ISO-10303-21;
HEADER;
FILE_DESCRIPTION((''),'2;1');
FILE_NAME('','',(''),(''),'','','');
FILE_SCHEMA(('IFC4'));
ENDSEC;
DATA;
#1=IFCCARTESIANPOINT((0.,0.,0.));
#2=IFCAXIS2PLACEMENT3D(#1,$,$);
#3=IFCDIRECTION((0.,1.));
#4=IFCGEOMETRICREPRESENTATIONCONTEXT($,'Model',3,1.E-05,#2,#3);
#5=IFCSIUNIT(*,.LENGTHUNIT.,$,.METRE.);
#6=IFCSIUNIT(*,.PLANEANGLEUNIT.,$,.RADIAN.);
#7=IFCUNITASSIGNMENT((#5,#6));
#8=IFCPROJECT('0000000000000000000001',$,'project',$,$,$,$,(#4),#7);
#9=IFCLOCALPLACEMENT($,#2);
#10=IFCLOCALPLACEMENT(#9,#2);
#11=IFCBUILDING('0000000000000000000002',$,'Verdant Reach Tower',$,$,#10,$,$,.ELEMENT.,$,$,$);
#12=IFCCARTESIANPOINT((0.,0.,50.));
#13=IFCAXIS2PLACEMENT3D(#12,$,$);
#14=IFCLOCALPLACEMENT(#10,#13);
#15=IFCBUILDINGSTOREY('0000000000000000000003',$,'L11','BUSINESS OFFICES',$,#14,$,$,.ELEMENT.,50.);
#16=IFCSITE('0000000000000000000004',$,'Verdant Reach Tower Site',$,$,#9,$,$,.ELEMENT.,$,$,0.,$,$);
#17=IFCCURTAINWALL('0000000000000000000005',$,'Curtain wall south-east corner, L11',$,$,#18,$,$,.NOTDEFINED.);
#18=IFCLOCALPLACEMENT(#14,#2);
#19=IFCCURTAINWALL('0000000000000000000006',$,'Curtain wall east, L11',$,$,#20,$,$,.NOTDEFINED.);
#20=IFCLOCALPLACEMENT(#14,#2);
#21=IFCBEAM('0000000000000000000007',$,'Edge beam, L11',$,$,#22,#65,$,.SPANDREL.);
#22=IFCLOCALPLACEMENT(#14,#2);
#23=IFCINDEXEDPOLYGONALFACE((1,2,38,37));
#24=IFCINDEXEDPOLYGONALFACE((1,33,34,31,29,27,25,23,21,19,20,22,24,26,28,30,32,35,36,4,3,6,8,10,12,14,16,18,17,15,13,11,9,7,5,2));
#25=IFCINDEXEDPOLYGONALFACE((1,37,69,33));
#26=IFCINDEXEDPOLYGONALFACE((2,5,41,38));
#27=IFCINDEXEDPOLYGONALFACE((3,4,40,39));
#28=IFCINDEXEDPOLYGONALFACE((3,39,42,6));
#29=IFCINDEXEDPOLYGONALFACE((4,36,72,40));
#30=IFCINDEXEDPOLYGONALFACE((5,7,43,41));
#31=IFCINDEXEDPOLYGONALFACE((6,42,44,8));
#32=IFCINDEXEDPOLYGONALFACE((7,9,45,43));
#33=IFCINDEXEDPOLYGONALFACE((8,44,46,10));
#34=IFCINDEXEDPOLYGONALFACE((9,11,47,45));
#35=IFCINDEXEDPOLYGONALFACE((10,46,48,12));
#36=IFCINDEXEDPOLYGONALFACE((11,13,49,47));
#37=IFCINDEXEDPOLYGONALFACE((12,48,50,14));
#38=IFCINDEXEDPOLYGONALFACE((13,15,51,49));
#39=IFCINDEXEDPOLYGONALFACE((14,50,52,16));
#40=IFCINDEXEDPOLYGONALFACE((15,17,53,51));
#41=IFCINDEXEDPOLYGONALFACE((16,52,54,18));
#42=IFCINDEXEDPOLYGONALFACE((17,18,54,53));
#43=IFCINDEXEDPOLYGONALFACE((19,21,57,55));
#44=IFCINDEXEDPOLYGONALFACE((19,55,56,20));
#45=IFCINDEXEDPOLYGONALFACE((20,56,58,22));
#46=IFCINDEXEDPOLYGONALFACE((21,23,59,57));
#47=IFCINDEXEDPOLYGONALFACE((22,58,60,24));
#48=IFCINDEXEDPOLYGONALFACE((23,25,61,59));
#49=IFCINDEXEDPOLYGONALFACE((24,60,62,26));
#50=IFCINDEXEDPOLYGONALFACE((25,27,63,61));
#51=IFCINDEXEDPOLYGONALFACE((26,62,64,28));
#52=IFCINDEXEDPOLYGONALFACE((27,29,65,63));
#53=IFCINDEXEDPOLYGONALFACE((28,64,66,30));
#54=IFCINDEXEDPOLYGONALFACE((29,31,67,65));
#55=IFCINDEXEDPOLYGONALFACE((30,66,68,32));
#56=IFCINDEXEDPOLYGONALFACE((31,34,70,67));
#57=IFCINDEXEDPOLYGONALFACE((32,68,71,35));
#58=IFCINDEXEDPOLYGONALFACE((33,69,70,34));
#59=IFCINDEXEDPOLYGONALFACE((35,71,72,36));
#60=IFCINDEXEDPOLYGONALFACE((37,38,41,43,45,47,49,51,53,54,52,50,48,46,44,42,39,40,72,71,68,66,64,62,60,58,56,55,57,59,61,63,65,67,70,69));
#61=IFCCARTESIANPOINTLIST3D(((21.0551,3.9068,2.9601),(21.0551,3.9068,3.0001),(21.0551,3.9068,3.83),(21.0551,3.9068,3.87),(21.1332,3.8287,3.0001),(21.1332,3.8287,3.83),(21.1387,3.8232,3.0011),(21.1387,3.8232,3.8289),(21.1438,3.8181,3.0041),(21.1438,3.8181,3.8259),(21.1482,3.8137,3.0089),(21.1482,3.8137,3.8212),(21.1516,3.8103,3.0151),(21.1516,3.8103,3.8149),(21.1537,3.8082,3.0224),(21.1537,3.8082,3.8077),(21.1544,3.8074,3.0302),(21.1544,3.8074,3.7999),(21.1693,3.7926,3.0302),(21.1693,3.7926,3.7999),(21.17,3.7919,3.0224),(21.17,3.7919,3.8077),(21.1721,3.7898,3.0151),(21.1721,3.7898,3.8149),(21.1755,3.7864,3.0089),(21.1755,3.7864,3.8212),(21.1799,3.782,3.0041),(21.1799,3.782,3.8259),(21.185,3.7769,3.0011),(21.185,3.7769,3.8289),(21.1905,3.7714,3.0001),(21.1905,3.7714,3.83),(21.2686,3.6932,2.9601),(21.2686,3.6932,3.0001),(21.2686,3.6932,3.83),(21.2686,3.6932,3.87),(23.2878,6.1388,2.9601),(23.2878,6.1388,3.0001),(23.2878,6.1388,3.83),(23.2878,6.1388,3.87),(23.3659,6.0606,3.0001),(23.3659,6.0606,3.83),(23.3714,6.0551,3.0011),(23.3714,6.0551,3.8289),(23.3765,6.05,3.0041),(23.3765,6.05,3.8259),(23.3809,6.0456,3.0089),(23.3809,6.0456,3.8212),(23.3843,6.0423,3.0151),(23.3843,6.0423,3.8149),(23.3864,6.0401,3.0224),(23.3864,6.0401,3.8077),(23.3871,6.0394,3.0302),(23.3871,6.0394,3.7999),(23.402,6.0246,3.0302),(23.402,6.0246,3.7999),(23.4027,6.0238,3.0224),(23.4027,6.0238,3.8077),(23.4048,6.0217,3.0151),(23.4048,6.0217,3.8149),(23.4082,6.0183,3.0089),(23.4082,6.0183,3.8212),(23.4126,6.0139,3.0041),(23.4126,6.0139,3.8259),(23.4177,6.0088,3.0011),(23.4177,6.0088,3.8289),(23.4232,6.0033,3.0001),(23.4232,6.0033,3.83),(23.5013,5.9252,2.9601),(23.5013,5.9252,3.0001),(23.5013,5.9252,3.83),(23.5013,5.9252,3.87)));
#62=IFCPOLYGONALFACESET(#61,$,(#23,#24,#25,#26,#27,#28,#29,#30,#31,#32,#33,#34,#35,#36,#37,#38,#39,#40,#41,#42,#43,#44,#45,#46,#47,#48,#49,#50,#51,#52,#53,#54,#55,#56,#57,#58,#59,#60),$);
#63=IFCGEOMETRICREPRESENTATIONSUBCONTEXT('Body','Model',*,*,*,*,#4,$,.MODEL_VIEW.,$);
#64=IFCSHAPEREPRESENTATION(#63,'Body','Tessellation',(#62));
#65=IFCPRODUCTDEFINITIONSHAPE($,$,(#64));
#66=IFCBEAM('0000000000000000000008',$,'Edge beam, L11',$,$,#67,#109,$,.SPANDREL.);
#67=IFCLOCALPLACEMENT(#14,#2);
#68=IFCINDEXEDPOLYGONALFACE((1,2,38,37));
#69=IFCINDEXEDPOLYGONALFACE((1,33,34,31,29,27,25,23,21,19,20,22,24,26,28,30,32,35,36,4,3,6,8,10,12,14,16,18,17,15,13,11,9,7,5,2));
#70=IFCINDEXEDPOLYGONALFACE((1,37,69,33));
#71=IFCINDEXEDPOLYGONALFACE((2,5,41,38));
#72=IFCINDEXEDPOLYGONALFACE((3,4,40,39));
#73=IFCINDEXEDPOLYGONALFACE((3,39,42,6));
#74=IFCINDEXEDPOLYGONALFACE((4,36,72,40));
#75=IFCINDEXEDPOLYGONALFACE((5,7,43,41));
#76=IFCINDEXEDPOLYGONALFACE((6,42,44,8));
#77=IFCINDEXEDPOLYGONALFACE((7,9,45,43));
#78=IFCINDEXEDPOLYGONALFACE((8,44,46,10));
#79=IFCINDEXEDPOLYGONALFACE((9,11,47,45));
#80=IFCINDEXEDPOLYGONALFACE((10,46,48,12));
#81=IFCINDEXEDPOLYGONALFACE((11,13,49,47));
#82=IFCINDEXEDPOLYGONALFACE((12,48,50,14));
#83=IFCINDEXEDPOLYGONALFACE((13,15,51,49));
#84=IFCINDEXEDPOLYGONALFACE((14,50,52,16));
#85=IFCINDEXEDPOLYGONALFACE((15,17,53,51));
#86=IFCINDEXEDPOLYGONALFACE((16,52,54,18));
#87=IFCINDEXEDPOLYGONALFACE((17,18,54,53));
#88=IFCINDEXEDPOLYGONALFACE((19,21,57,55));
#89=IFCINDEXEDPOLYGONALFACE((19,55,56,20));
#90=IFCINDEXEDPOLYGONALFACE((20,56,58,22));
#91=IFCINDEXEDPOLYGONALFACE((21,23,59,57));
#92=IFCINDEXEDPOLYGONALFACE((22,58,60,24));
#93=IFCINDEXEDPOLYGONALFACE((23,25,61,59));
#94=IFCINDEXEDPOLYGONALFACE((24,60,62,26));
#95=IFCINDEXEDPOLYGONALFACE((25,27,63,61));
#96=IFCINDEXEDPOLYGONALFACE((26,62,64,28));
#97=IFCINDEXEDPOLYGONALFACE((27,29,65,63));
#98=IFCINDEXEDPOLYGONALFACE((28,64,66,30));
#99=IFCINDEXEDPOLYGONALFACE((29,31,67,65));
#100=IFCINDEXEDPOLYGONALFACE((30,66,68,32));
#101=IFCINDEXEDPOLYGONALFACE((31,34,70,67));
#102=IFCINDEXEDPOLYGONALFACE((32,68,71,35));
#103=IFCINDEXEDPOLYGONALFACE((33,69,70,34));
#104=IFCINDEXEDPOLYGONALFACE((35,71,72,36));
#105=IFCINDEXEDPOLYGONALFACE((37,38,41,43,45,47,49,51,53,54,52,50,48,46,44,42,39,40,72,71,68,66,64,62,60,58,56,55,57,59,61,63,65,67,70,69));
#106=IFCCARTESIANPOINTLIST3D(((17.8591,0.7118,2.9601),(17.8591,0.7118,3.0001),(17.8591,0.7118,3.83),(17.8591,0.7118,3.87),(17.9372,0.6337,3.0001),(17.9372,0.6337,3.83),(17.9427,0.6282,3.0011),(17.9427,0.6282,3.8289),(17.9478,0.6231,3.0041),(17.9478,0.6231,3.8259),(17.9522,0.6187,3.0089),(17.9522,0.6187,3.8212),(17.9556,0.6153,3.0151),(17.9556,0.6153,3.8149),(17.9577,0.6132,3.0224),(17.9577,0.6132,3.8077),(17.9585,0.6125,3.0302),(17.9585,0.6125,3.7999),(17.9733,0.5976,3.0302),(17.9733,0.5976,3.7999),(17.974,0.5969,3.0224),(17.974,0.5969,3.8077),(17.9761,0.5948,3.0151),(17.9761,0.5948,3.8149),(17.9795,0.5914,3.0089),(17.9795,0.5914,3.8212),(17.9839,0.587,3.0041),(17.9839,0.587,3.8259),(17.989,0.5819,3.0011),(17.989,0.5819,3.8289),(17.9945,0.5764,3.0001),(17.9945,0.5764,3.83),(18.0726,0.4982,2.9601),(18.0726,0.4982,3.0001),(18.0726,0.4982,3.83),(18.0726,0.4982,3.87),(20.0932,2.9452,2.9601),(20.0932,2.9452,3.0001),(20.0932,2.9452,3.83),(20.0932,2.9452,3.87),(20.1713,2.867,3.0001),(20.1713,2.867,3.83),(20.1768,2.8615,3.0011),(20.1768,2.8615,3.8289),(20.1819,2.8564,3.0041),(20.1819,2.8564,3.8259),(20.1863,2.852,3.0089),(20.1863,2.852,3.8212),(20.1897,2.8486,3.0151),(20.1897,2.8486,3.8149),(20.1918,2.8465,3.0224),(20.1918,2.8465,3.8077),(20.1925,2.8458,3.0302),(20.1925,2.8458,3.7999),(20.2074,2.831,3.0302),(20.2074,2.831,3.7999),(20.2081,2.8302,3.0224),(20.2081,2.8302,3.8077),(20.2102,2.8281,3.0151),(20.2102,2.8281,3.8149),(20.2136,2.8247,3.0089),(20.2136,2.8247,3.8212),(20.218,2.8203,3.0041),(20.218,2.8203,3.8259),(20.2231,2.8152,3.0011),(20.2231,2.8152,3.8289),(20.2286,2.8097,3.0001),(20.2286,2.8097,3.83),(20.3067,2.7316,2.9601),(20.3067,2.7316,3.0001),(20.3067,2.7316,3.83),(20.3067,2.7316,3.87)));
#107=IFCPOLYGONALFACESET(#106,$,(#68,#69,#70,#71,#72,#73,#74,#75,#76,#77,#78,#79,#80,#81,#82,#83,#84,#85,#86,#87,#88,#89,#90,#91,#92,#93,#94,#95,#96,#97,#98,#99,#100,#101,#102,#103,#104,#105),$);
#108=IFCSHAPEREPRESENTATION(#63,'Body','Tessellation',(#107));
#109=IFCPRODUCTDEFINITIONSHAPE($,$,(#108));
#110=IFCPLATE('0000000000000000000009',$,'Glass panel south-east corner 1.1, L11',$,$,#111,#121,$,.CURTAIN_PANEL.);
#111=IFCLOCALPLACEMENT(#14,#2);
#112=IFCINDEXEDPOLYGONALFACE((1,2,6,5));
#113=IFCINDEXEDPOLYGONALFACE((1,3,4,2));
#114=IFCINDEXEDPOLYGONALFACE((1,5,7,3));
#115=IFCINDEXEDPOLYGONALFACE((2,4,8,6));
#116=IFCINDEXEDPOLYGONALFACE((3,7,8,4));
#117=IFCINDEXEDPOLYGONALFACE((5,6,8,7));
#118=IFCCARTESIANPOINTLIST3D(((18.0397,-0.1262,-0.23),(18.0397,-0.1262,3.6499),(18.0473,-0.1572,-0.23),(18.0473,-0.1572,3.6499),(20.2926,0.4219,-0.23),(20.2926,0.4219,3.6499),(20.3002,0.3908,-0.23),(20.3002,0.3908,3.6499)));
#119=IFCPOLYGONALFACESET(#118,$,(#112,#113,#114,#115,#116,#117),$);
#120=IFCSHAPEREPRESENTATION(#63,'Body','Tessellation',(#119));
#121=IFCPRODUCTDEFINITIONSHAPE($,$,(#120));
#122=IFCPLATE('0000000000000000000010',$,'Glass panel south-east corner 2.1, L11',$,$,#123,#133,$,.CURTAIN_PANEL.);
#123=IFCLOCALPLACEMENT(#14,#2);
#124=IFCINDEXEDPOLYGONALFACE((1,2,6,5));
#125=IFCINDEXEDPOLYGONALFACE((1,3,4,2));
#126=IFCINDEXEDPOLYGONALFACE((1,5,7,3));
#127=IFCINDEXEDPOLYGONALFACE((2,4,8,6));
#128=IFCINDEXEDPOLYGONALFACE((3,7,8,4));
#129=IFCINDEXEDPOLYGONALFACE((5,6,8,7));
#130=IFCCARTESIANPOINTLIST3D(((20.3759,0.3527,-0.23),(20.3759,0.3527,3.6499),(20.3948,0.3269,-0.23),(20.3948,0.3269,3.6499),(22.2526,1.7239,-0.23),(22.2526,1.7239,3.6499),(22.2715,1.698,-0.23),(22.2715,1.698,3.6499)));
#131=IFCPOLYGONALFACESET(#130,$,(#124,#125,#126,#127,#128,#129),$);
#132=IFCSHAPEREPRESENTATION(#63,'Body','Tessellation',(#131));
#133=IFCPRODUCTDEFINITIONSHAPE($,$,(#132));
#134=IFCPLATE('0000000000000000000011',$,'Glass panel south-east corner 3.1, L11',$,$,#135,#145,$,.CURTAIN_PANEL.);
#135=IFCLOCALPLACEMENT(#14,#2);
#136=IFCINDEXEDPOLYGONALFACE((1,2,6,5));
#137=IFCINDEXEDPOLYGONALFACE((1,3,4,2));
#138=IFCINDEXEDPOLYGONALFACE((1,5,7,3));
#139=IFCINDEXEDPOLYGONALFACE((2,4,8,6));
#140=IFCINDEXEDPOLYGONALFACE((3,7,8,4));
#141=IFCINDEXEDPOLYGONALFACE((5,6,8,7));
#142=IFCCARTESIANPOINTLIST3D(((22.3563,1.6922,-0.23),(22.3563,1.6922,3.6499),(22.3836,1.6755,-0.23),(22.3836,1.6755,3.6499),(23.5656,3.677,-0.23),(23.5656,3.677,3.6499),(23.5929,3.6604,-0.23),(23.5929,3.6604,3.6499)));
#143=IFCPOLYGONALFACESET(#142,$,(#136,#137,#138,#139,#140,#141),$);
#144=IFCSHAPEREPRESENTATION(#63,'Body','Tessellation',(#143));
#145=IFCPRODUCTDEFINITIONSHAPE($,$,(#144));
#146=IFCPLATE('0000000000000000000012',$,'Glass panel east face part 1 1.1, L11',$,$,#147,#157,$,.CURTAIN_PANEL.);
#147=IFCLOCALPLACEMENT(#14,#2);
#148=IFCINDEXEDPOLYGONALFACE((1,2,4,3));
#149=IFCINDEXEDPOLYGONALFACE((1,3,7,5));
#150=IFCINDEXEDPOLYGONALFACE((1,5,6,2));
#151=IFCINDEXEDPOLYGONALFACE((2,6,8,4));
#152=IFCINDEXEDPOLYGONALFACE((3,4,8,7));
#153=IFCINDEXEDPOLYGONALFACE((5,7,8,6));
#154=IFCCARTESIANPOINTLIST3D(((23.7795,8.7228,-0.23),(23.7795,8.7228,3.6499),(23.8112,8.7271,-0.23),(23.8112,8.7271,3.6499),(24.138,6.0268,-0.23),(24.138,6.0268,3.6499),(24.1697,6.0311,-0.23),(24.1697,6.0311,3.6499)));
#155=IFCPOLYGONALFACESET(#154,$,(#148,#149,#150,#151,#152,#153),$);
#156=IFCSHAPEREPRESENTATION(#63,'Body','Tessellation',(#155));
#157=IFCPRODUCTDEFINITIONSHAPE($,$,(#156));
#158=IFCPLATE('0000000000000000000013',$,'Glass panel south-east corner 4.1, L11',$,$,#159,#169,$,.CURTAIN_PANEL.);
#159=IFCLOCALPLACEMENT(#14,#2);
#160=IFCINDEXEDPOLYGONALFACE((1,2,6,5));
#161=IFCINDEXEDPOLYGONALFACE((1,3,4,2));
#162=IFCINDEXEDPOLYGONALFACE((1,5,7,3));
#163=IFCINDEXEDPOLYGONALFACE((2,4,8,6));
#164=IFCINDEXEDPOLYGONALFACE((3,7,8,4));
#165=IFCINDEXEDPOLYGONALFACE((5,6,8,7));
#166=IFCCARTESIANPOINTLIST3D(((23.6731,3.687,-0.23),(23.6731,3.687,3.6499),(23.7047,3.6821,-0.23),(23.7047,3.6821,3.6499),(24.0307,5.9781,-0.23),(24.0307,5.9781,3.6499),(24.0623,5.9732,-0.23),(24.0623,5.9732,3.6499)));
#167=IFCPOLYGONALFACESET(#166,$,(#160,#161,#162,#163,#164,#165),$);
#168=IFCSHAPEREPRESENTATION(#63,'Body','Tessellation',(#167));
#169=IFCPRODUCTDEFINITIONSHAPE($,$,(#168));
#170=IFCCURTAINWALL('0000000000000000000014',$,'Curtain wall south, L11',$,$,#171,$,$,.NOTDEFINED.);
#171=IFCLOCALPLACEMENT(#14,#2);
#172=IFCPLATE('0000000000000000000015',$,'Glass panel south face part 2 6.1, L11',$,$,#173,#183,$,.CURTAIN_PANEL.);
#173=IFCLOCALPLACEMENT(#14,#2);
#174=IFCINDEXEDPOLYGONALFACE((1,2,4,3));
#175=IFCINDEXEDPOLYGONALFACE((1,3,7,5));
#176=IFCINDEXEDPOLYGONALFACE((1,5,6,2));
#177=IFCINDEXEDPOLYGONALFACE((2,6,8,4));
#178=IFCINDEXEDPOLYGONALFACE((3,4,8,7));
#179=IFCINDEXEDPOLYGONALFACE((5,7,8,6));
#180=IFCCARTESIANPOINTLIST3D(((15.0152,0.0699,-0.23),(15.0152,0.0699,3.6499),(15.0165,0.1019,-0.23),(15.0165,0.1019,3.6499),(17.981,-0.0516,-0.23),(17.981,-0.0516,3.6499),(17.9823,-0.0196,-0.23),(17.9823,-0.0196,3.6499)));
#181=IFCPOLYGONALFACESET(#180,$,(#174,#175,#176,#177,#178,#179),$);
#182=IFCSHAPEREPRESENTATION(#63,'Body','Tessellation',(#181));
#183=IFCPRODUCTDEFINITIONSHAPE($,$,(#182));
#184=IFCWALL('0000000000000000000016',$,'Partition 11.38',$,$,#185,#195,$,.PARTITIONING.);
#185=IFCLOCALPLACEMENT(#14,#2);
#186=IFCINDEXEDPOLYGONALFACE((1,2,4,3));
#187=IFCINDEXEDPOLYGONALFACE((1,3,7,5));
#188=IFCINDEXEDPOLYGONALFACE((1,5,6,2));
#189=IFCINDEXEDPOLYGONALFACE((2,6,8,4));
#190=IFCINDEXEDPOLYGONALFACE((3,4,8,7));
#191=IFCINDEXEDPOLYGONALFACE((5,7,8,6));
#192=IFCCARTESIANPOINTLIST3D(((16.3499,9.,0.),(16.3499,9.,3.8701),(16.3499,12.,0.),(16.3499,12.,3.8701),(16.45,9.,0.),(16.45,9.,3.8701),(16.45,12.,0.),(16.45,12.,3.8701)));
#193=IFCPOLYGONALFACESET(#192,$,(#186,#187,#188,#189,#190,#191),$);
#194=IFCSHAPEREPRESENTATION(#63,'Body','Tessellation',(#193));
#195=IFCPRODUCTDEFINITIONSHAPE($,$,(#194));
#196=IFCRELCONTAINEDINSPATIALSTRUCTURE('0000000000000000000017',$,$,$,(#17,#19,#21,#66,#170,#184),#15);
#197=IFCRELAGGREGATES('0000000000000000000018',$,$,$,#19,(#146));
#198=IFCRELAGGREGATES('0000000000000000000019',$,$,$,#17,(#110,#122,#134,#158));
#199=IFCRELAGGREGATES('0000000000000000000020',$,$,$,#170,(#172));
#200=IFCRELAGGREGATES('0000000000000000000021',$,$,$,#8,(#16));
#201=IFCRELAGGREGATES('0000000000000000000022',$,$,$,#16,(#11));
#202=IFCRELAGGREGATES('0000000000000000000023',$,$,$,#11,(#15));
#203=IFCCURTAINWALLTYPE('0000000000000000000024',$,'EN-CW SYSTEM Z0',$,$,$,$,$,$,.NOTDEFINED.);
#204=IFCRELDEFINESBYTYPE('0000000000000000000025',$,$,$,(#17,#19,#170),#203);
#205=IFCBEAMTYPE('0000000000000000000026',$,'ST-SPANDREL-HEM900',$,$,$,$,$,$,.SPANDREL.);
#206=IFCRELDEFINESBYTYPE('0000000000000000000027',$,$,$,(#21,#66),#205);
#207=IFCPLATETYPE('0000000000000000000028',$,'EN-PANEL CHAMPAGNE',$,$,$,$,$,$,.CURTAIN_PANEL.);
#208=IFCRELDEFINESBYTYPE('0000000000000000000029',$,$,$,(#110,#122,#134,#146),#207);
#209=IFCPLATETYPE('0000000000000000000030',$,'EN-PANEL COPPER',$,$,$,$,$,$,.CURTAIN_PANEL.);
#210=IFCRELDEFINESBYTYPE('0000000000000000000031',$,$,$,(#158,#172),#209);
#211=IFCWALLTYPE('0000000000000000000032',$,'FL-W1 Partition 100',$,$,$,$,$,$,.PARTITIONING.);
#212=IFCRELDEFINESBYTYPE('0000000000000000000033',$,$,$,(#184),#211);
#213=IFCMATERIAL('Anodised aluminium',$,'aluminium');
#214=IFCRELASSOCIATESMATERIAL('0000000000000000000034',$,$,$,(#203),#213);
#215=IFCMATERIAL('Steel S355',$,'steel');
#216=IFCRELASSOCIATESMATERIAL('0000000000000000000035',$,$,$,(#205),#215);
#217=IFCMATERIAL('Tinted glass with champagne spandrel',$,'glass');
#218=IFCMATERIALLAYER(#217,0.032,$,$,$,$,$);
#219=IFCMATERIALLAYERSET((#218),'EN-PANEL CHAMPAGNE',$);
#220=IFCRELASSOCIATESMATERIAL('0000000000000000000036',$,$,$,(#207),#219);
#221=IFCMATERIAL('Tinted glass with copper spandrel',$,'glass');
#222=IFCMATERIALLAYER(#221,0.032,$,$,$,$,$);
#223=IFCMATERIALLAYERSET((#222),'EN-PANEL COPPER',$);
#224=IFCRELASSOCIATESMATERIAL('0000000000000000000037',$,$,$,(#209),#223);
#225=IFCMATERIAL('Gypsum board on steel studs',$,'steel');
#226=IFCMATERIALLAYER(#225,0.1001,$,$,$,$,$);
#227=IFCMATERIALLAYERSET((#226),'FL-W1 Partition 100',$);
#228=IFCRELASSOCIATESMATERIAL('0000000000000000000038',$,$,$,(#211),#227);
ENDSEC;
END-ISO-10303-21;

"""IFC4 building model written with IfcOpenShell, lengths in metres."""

from ifc_helpers import new_model, si_unit, direction, frame, frame_2d, origin, origin_2d, place, context, subcontext, project, spatial, rectangle, i_section, extrude, material, layer, layer_set, material_profile, profile_set, type_object, element, aggregate, save


model = new_model("IFC4")

# Units and contexts
model_context = context("Model", 3, precision=1e-05, world=origin(), true_north=direction((0.0, 1.0)))
body_context = subcontext(model_context, "Body", "Model", "MODEL_VIEW")
ifc_project = project(units=[si_unit("LENGTHUNIT", "METRE"), si_unit("PLANEANGLEUNIT", "RADIAN")], contexts=[model_context])

# Site, building, storey
site_placement = place(None, origin())
site = spatial("IfcSite", under=ifc_project, at=site_placement, Name="Verdant Reach Tower Site", CompositionType="ELEMENT", RefElevation=0.0)
building_placement = place(site_placement, origin())
building = spatial("IfcBuilding", under=site, at=building_placement, Name="Verdant Reach Tower", CompositionType="ELEMENT")
storey_placement = place(building_placement, frame((0.0, 0.0, 50.0)))
storey = spatial("IfcBuildingStorey", under=building, at=storey_placement, Name="L11", Description="BUSINESS OFFICES", CompositionType="ELEMENT", Elevation=50.0)

# Curtain walls
ifc_material_1 = material(Name="Anodised aluminium", Category="aluminium")
curtain_wall_type = type_object("IfcCurtainWallType", Name="EN-CW SYSTEM Z0", PredefinedType="NOTDEFINED", material=ifc_material_1)
curtain_wall_1_placement = place(storey_placement, origin())
curtain_wall_1 = element("IfcCurtainWall", 1, at=curtain_wall_1_placement, inside=storey, type_object=curtain_wall_type, Name="Curtain wall south-east corner, L11", PredefinedType="NOTDEFINED")
curtain_wall_2_placement = place(storey_placement, origin())
curtain_wall_2 = element("IfcCurtainWall", 2, at=curtain_wall_2_placement, inside=storey, type_object=curtain_wall_type, Name="Curtain wall east, L11", PredefinedType="NOTDEFINED")

# Beams
ifc_material_2 = material(Name="Steel S355", Category="steel")
ifc_material_profile_1 = material_profile(ifc_material_2, i_section(OverallWidth=0.302, OverallDepth=0.9099, WebThickness=0.021, FlangeThickness=0.04, FilletRadius=0.03, at=origin_2d()), Name="HEM 900")
ifc_profile_set_1 = profile_set([ifc_material_profile_1], Name="Steel S355")
beam_type_1 = type_object("IfcBeamType", Name="ST-SPANDREL-HEM900", PredefinedType="SPANDREL", material=ifc_profile_set_1)
beam_1_placement = place(storey_placement, frame((23.3945, 6.032, 3.415), z_axis=(-0.707223, -0.706991, 0.0), x_axis=(0.706991, -0.707223, 0.0)))
element("IfcBeam", 3, at=beam_1_placement, inside=storey, type_object=beam_type_1, Name="Edge beam, L11", PredefinedType="SPANDREL", context=body_context, shape_type="SweptSolid", body=[
    extrude(i_section(OverallWidth=0.302, OverallDepth=0.9099, WebThickness=0.021, FlangeThickness=0.04, FilletRadius=0.03, at=origin_2d()), origin(), (0.0, 0.0, 1.0), 3.157),
])
beam_2_placement = place(storey_placement, frame((20.2, 2.8384, 3.415), z_axis=(-0.707223, -0.706991, 0.0), x_axis=(0.706991, -0.707223, 0.0)))
element("IfcBeam", 4, at=beam_2_placement, inside=storey, type_object=beam_type_1, Name="Edge beam, L11", PredefinedType="SPANDREL", context=body_context, shape_type="SweptSolid", body=[
    extrude(i_section(OverallWidth=0.302, OverallDepth=0.9099, WebThickness=0.021, FlangeThickness=0.04, FilletRadius=0.03, at=origin_2d()), origin(), (0.0, 0.0, 1.0), 3.1589),
])

# Plates
ifc_material_3 = material(Name="Tinted glass with champagne spandrel", Category="glass")
ifc_layer_1 = layer(ifc_material_3, 0.032)
ifc_layer_set_1 = layer_set([ifc_layer_1], Name="EN-PANEL CHAMPAGNE")
plate_type_1 = type_object("IfcPlateType", Name="EN-PANEL CHAMPAGNE", PredefinedType="CURTAIN_PANEL", material=ifc_layer_set_1)
plate_1_placement = place(storey_placement, frame((19.1699, 0.1323, -0.23), z_axis=(0.0, 0.0, 1.0), x_axis=(0.971663, 0.236369, 0.0)))
plate_1 = element("IfcPlate", 5, at=plate_1_placement, type_object=plate_type_1, Name="Glass panel south-east corner 1.1, L11", PredefinedType="CURTAIN_PANEL", context=body_context, shape_type="SweptSolid", body=[
    extrude(rectangle(XDim=2.3186, YDim=0.032, at=origin_2d()), origin(), (0.0, 0.0, 1.0), 3.8799),
])
plate_2_placement = place(storey_placement, frame((21.3237, 1.0254, -0.23), z_axis=(0.0, 0.0, 1.0), x_axis=(0.807457, 0.589927, 0.0)))
plate_2 = element("IfcPlate", 6, at=plate_2_placement, type_object=plate_type_1, Name="Glass panel south-east corner 2.1, L11", PredefinedType="CURTAIN_PANEL", context=body_context, shape_type="SweptSolid", body=[
    extrude(rectangle(XDim=2.3242, YDim=0.032, at=origin_2d()), origin(), (0.0, 0.0, 1.0), 3.8799),
])
plate_3_placement = place(storey_placement, frame((22.9746, 2.6763, -0.23), z_axis=(0.0, 0.0, 1.0), x_axis=(0.520292, 0.853989, 0.0)))
plate_3 = element("IfcPlate", 7, at=plate_3_placement, type_object=plate_type_1, Name="Glass panel south-east corner 3.1, L11", PredefinedType="CURTAIN_PANEL", context=body_context, shape_type="SweptSolid", body=[
    extrude(rectangle(XDim=2.3242, YDim=0.032, at=origin_2d()), origin(), (0.0, 0.0, 1.0), 3.8799),
])
plate_4_placement = place(storey_placement, frame((23.9746, 7.377, -0.23), z_axis=(0.0, 0.0, 1.0), x_axis=(-0.131793, 0.991277, 0.0)))
plate_4 = element("IfcPlate", 8, at=plate_4_placement, type_object=plate_type_1, Name="Glass panel east face part 1 1.1, L11", PredefinedType="CURTAIN_PANEL", context=body_context, shape_type="SweptSolid", body=[
    extrude(rectangle(XDim=2.7197, YDim=0.032, at=origin_2d()), origin(), (0.0, 0.0, 1.0), 3.8799),
])
aggregate(curtain_wall_2, [plate_4])
ifc_material_4 = material(Name="Tinted glass with copper spandrel", Category="glass")
ifc_layer_2 = layer(ifc_material_4, 0.032)
ifc_layer_set_2 = layer_set([ifc_layer_2], Name="EN-PANEL COPPER")
plate_type_2 = type_object("IfcPlateType", Name="EN-PANEL COPPER", PredefinedType="CURTAIN_PANEL", material=ifc_layer_set_2)
plate_5_placement = place(storey_placement, frame((23.8677, 4.8301, -0.23), z_axis=(0.0, 0.0, 1.0), x_axis=(0.154211, 0.988038, 0.0)))
plate_5 = element("IfcPlate", 9, at=plate_5_placement, type_object=plate_type_2, Name="Glass panel south-east corner 4.1, L11", PredefinedType="CURTAIN_PANEL", context=body_context, shape_type="SweptSolid", body=[
    extrude(rectangle(XDim=2.3188, YDim=0.032, at=origin_2d()), origin(), (0.0, 0.0, 1.0), 3.8799),
])
aggregate(curtain_wall_1, [plate_1, plate_2, plate_3, plate_5])

# Curtain wall, plate
curtain_wall_3_placement = place(storey_placement, origin())
curtain_wall_3 = element("IfcCurtainWall", 10, at=curtain_wall_3_placement, inside=storey, type_object=curtain_wall_type, Name="Curtain wall south, L11", PredefinedType="NOTDEFINED")
plate_6_placement = place(storey_placement, frame((16.4988, 0.0251, -0.23), z_axis=(0.0, 0.0, 1.0), x_axis=(0.999162, -0.04092, 0.0)))
plate_6 = element("IfcPlate", 11, at=plate_6_placement, type_object=plate_type_2, Name="Glass panel south face part 2 6.1, L11", PredefinedType="CURTAIN_PANEL", context=body_context, shape_type="SweptSolid", body=[
    extrude(rectangle(XDim=2.9683, YDim=0.032, at=origin_2d()), origin(), (0.0, 0.0, 1.0), 3.8799),
])
aggregate(curtain_wall_3, [plate_6])

# Wall
ifc_material_5 = material(Name="Gypsum board on steel studs", Category="steel")
ifc_layer_3 = layer(ifc_material_5, 0.1001)
ifc_layer_set_3 = layer_set([ifc_layer_3], Name="FL-W1 Partition 100")
wall_type = type_object("IfcWallType", Name="FL-W1 Partition 100", PredefinedType="PARTITIONING", material=ifc_layer_set_3)
wall_placement = place(storey_placement, frame((16.3999, 9.0, 0.0), z_axis=(0.0, 0.0, 1.0), x_axis=(0.0, 1.0, 0.0)))
element("IfcWall", 12, at=wall_placement, inside=storey, type_object=wall_type, Name="Partition 11.38", PredefinedType="PARTITIONING", context=body_context, shape_type="SweptSolid", body=[
    extrude(rectangle(XDim=3.0, YDim=0.1001, at=frame_2d((1.5, 0.0))), origin(), (0.0, 0.0, 1.0), 3.8701),
])

save(model, "model.ifc")
